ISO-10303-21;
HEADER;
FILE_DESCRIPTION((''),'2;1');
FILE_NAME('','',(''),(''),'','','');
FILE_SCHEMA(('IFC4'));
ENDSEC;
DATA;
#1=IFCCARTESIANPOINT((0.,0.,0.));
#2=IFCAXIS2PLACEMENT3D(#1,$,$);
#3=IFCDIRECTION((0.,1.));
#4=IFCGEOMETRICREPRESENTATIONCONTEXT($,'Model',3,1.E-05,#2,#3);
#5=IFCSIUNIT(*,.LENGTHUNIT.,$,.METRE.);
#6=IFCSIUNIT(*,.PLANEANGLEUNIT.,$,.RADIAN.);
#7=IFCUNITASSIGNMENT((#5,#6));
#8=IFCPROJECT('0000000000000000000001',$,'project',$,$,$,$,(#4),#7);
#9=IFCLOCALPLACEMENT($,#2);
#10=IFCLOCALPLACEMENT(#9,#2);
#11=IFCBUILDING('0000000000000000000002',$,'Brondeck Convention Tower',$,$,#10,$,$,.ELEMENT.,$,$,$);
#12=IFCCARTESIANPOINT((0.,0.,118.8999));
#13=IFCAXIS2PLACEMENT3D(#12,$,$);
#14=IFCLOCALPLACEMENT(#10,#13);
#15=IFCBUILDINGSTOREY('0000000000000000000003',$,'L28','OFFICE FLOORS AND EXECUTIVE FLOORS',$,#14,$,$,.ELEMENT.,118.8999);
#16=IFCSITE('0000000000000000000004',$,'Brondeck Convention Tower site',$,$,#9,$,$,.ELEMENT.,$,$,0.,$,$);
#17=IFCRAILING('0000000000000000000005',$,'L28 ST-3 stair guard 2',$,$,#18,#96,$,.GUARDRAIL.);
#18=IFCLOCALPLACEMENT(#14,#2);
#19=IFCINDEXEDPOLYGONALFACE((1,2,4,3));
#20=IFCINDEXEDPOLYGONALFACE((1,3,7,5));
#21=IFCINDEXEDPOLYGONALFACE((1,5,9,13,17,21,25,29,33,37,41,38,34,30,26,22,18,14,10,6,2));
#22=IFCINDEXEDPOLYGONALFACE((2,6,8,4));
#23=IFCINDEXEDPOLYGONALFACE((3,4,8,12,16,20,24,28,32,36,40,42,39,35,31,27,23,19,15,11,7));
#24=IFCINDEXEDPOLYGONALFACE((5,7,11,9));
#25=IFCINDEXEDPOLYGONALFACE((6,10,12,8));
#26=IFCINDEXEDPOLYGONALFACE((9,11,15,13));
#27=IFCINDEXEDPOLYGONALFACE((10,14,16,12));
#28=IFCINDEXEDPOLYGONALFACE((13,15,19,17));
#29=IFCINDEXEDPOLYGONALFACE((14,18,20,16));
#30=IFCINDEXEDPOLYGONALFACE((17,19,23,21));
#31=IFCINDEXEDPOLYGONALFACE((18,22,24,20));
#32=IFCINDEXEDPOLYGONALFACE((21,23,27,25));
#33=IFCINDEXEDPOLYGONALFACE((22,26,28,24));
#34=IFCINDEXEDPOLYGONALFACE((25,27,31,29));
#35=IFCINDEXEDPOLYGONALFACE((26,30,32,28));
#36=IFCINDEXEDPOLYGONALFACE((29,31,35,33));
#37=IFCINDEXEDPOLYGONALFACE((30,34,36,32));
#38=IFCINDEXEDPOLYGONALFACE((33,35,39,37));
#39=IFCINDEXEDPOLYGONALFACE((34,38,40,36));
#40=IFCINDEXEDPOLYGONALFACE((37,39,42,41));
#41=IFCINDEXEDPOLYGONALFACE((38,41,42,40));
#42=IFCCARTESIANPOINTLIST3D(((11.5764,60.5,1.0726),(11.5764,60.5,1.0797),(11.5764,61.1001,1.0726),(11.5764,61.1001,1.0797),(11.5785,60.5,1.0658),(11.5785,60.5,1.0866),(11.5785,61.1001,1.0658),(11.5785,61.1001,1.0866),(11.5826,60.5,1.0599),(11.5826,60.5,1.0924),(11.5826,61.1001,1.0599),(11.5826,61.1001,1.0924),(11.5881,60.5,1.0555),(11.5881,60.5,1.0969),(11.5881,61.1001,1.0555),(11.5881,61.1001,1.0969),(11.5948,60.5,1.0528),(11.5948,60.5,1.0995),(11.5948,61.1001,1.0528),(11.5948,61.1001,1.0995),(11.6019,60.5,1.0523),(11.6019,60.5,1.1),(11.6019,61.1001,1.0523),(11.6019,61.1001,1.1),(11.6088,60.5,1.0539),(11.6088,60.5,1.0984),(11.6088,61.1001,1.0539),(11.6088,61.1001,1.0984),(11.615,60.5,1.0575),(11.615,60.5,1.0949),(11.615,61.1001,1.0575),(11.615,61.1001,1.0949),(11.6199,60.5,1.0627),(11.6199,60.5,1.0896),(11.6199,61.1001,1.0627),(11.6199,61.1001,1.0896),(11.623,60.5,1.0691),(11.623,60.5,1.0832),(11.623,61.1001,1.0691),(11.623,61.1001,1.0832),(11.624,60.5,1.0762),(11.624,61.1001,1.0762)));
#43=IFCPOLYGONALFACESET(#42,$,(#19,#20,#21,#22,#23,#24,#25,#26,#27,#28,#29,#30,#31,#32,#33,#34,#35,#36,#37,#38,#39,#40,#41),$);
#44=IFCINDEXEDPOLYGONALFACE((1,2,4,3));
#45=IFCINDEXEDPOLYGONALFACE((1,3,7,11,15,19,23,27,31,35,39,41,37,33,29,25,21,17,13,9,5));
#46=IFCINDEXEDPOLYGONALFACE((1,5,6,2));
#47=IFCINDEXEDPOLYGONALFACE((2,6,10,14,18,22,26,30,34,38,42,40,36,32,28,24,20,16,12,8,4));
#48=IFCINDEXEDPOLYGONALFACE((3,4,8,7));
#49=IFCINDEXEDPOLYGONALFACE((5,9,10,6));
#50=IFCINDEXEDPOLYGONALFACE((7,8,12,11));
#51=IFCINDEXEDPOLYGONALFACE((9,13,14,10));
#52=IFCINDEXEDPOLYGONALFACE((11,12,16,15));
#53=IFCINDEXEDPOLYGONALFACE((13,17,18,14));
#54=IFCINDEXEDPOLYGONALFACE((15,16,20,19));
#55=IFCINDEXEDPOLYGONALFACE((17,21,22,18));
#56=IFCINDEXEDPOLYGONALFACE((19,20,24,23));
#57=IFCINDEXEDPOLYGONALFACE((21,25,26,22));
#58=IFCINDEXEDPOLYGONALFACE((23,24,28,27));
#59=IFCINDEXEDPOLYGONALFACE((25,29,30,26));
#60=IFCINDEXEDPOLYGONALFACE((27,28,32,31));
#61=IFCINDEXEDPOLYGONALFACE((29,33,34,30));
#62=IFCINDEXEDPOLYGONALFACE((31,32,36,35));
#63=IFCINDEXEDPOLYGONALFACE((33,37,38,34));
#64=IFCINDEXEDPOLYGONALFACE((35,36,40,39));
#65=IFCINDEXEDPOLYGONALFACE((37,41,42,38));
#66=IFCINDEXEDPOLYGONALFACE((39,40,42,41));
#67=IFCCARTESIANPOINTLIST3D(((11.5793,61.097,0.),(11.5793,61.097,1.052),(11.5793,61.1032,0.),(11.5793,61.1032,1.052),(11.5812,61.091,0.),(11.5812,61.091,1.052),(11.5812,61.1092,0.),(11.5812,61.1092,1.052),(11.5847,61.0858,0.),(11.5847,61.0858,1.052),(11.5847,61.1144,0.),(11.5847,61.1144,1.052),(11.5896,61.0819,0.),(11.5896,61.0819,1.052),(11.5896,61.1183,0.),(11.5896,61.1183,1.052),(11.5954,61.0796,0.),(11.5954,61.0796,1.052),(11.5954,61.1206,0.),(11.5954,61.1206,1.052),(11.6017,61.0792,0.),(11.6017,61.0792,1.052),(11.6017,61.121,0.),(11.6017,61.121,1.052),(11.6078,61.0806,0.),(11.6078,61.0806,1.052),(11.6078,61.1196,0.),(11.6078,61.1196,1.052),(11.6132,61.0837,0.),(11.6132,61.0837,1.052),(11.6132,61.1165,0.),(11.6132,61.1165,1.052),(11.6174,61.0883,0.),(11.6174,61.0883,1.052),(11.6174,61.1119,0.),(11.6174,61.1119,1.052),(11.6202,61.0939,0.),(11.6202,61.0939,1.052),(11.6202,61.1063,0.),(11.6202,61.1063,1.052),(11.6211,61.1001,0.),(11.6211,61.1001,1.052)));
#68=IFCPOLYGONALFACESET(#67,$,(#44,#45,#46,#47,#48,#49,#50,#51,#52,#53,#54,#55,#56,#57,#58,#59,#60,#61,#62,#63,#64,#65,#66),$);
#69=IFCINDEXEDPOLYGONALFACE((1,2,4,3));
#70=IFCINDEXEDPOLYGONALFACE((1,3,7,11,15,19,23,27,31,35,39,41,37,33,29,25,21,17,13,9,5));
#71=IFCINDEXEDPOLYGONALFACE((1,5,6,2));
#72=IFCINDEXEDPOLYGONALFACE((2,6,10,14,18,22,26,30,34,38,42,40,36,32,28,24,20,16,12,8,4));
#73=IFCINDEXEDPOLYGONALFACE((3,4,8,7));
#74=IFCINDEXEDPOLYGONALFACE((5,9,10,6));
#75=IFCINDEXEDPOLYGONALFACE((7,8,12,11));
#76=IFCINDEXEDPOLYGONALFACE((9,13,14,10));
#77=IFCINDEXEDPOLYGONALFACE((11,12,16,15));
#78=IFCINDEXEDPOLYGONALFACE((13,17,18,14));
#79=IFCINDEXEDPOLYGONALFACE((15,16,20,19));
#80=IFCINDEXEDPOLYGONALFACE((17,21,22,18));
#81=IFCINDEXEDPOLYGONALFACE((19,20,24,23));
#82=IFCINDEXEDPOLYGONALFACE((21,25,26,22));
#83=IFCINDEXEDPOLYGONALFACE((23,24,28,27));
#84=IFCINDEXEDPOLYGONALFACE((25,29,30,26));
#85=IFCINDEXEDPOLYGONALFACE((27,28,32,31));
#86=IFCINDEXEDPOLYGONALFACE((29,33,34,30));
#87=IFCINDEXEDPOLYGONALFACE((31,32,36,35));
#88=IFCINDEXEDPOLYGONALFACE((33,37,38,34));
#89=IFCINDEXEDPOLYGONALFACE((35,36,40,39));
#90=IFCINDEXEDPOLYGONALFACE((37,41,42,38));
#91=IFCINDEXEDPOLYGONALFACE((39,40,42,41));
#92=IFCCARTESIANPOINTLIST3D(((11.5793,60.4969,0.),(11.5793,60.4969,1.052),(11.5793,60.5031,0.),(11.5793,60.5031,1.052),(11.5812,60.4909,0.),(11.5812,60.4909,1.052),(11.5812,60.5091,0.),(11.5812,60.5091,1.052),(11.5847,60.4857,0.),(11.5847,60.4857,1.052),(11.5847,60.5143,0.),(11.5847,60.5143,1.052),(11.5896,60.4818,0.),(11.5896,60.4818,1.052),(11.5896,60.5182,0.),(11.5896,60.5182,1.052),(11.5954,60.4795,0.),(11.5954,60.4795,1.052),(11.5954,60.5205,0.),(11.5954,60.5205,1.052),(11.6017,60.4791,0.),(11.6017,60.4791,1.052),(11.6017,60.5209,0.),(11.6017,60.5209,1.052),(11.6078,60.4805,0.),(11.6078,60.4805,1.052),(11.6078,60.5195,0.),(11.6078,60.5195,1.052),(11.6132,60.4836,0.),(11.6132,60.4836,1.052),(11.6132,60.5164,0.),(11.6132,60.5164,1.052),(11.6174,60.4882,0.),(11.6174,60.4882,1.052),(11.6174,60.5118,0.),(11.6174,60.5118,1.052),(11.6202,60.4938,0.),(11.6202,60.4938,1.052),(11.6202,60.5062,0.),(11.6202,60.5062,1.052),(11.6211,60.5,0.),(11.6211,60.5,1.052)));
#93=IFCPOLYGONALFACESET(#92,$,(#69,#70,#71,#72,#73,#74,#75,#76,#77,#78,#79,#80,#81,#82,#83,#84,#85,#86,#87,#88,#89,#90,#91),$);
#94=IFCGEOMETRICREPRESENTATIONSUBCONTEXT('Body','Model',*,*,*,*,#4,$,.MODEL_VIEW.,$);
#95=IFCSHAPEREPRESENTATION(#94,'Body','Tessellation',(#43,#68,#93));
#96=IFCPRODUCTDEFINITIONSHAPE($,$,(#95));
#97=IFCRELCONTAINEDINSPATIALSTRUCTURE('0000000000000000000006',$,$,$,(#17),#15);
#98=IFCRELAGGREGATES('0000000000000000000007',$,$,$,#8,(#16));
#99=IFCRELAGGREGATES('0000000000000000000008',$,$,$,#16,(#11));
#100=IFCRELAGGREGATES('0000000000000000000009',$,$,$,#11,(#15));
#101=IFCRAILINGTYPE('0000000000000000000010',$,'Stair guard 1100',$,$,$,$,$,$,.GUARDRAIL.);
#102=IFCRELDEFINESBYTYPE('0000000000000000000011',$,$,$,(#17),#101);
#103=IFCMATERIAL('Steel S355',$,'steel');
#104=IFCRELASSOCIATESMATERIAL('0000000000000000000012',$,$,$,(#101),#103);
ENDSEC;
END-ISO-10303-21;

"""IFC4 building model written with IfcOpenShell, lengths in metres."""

from ifc_helpers import new_model, si_unit, direction, frame, origin, origin_2d, place, context, subcontext, project, spatial, circle, extrude, material, type_object, element, save


model = new_model("IFC4")

# Units and contexts
model_context = context("Model", 3, precision=1e-05, world=origin(), true_north=direction((0.0, 1.0)))
body_context = subcontext(model_context, "Body", "Model", "MODEL_VIEW")
ifc_project = project(units=[si_unit("LENGTHUNIT", "METRE"), si_unit("PLANEANGLEUNIT", "RADIAN")], contexts=[model_context])

# Site, building, storey
site_placement = place(None, origin())
site = spatial("IfcSite", under=ifc_project, at=site_placement, Name="Brondeck Convention Tower site", CompositionType="ELEMENT", RefElevation=0.0)
building_placement = place(site_placement, origin())
building = spatial("IfcBuilding", under=site, at=building_placement, Name="Brondeck Convention Tower", CompositionType="ELEMENT")
storey_placement = place(building_placement, frame((0.0, 0.0, 118.8999)))
storey = spatial("IfcBuildingStorey", under=building, at=storey_placement, Name="L28", Description="OFFICE FLOORS AND EXECUTIVE FLOORS", CompositionType="ELEMENT", Elevation=118.8999)

# Railing
ifc_material_1 = material(Name="Steel S355", Category="steel")
railing_type_1 = type_object("IfcRailingType", Name="Stair guard 1100", PredefinedType="GUARDRAIL", material=ifc_material_1)
railing_1_placement = place(storey_placement, frame((11.6001, 61.1001, 0.0)))
element("IfcRailing", 1, at=railing_1_placement, inside=storey, type_object=railing_type_1, Name="L28 ST-3 stair guard 2", PredefinedType="GUARDRAIL", context=body_context, shape_type="SweptSolid", body=[
    extrude(circle(Radius=0.0239, at=origin_2d()), frame((0.0, 0.0, 1.0762), z_axis=(0.0, -1.0, 0.0), x_axis=(1.0, 0.0, 0.0)), (0.0, 0.0, 1.0), 0.6001),
    extrude(circle(Radius=0.021, at=origin_2d()), origin(), (0.0, 0.0, 1.0), 1.052),
    extrude(circle(Radius=0.021, at=origin_2d()), frame((0.0, -0.6001, 0.0)), (0.0, 0.0, 1.0), 1.052),
])

save(model, "model.ifc")
